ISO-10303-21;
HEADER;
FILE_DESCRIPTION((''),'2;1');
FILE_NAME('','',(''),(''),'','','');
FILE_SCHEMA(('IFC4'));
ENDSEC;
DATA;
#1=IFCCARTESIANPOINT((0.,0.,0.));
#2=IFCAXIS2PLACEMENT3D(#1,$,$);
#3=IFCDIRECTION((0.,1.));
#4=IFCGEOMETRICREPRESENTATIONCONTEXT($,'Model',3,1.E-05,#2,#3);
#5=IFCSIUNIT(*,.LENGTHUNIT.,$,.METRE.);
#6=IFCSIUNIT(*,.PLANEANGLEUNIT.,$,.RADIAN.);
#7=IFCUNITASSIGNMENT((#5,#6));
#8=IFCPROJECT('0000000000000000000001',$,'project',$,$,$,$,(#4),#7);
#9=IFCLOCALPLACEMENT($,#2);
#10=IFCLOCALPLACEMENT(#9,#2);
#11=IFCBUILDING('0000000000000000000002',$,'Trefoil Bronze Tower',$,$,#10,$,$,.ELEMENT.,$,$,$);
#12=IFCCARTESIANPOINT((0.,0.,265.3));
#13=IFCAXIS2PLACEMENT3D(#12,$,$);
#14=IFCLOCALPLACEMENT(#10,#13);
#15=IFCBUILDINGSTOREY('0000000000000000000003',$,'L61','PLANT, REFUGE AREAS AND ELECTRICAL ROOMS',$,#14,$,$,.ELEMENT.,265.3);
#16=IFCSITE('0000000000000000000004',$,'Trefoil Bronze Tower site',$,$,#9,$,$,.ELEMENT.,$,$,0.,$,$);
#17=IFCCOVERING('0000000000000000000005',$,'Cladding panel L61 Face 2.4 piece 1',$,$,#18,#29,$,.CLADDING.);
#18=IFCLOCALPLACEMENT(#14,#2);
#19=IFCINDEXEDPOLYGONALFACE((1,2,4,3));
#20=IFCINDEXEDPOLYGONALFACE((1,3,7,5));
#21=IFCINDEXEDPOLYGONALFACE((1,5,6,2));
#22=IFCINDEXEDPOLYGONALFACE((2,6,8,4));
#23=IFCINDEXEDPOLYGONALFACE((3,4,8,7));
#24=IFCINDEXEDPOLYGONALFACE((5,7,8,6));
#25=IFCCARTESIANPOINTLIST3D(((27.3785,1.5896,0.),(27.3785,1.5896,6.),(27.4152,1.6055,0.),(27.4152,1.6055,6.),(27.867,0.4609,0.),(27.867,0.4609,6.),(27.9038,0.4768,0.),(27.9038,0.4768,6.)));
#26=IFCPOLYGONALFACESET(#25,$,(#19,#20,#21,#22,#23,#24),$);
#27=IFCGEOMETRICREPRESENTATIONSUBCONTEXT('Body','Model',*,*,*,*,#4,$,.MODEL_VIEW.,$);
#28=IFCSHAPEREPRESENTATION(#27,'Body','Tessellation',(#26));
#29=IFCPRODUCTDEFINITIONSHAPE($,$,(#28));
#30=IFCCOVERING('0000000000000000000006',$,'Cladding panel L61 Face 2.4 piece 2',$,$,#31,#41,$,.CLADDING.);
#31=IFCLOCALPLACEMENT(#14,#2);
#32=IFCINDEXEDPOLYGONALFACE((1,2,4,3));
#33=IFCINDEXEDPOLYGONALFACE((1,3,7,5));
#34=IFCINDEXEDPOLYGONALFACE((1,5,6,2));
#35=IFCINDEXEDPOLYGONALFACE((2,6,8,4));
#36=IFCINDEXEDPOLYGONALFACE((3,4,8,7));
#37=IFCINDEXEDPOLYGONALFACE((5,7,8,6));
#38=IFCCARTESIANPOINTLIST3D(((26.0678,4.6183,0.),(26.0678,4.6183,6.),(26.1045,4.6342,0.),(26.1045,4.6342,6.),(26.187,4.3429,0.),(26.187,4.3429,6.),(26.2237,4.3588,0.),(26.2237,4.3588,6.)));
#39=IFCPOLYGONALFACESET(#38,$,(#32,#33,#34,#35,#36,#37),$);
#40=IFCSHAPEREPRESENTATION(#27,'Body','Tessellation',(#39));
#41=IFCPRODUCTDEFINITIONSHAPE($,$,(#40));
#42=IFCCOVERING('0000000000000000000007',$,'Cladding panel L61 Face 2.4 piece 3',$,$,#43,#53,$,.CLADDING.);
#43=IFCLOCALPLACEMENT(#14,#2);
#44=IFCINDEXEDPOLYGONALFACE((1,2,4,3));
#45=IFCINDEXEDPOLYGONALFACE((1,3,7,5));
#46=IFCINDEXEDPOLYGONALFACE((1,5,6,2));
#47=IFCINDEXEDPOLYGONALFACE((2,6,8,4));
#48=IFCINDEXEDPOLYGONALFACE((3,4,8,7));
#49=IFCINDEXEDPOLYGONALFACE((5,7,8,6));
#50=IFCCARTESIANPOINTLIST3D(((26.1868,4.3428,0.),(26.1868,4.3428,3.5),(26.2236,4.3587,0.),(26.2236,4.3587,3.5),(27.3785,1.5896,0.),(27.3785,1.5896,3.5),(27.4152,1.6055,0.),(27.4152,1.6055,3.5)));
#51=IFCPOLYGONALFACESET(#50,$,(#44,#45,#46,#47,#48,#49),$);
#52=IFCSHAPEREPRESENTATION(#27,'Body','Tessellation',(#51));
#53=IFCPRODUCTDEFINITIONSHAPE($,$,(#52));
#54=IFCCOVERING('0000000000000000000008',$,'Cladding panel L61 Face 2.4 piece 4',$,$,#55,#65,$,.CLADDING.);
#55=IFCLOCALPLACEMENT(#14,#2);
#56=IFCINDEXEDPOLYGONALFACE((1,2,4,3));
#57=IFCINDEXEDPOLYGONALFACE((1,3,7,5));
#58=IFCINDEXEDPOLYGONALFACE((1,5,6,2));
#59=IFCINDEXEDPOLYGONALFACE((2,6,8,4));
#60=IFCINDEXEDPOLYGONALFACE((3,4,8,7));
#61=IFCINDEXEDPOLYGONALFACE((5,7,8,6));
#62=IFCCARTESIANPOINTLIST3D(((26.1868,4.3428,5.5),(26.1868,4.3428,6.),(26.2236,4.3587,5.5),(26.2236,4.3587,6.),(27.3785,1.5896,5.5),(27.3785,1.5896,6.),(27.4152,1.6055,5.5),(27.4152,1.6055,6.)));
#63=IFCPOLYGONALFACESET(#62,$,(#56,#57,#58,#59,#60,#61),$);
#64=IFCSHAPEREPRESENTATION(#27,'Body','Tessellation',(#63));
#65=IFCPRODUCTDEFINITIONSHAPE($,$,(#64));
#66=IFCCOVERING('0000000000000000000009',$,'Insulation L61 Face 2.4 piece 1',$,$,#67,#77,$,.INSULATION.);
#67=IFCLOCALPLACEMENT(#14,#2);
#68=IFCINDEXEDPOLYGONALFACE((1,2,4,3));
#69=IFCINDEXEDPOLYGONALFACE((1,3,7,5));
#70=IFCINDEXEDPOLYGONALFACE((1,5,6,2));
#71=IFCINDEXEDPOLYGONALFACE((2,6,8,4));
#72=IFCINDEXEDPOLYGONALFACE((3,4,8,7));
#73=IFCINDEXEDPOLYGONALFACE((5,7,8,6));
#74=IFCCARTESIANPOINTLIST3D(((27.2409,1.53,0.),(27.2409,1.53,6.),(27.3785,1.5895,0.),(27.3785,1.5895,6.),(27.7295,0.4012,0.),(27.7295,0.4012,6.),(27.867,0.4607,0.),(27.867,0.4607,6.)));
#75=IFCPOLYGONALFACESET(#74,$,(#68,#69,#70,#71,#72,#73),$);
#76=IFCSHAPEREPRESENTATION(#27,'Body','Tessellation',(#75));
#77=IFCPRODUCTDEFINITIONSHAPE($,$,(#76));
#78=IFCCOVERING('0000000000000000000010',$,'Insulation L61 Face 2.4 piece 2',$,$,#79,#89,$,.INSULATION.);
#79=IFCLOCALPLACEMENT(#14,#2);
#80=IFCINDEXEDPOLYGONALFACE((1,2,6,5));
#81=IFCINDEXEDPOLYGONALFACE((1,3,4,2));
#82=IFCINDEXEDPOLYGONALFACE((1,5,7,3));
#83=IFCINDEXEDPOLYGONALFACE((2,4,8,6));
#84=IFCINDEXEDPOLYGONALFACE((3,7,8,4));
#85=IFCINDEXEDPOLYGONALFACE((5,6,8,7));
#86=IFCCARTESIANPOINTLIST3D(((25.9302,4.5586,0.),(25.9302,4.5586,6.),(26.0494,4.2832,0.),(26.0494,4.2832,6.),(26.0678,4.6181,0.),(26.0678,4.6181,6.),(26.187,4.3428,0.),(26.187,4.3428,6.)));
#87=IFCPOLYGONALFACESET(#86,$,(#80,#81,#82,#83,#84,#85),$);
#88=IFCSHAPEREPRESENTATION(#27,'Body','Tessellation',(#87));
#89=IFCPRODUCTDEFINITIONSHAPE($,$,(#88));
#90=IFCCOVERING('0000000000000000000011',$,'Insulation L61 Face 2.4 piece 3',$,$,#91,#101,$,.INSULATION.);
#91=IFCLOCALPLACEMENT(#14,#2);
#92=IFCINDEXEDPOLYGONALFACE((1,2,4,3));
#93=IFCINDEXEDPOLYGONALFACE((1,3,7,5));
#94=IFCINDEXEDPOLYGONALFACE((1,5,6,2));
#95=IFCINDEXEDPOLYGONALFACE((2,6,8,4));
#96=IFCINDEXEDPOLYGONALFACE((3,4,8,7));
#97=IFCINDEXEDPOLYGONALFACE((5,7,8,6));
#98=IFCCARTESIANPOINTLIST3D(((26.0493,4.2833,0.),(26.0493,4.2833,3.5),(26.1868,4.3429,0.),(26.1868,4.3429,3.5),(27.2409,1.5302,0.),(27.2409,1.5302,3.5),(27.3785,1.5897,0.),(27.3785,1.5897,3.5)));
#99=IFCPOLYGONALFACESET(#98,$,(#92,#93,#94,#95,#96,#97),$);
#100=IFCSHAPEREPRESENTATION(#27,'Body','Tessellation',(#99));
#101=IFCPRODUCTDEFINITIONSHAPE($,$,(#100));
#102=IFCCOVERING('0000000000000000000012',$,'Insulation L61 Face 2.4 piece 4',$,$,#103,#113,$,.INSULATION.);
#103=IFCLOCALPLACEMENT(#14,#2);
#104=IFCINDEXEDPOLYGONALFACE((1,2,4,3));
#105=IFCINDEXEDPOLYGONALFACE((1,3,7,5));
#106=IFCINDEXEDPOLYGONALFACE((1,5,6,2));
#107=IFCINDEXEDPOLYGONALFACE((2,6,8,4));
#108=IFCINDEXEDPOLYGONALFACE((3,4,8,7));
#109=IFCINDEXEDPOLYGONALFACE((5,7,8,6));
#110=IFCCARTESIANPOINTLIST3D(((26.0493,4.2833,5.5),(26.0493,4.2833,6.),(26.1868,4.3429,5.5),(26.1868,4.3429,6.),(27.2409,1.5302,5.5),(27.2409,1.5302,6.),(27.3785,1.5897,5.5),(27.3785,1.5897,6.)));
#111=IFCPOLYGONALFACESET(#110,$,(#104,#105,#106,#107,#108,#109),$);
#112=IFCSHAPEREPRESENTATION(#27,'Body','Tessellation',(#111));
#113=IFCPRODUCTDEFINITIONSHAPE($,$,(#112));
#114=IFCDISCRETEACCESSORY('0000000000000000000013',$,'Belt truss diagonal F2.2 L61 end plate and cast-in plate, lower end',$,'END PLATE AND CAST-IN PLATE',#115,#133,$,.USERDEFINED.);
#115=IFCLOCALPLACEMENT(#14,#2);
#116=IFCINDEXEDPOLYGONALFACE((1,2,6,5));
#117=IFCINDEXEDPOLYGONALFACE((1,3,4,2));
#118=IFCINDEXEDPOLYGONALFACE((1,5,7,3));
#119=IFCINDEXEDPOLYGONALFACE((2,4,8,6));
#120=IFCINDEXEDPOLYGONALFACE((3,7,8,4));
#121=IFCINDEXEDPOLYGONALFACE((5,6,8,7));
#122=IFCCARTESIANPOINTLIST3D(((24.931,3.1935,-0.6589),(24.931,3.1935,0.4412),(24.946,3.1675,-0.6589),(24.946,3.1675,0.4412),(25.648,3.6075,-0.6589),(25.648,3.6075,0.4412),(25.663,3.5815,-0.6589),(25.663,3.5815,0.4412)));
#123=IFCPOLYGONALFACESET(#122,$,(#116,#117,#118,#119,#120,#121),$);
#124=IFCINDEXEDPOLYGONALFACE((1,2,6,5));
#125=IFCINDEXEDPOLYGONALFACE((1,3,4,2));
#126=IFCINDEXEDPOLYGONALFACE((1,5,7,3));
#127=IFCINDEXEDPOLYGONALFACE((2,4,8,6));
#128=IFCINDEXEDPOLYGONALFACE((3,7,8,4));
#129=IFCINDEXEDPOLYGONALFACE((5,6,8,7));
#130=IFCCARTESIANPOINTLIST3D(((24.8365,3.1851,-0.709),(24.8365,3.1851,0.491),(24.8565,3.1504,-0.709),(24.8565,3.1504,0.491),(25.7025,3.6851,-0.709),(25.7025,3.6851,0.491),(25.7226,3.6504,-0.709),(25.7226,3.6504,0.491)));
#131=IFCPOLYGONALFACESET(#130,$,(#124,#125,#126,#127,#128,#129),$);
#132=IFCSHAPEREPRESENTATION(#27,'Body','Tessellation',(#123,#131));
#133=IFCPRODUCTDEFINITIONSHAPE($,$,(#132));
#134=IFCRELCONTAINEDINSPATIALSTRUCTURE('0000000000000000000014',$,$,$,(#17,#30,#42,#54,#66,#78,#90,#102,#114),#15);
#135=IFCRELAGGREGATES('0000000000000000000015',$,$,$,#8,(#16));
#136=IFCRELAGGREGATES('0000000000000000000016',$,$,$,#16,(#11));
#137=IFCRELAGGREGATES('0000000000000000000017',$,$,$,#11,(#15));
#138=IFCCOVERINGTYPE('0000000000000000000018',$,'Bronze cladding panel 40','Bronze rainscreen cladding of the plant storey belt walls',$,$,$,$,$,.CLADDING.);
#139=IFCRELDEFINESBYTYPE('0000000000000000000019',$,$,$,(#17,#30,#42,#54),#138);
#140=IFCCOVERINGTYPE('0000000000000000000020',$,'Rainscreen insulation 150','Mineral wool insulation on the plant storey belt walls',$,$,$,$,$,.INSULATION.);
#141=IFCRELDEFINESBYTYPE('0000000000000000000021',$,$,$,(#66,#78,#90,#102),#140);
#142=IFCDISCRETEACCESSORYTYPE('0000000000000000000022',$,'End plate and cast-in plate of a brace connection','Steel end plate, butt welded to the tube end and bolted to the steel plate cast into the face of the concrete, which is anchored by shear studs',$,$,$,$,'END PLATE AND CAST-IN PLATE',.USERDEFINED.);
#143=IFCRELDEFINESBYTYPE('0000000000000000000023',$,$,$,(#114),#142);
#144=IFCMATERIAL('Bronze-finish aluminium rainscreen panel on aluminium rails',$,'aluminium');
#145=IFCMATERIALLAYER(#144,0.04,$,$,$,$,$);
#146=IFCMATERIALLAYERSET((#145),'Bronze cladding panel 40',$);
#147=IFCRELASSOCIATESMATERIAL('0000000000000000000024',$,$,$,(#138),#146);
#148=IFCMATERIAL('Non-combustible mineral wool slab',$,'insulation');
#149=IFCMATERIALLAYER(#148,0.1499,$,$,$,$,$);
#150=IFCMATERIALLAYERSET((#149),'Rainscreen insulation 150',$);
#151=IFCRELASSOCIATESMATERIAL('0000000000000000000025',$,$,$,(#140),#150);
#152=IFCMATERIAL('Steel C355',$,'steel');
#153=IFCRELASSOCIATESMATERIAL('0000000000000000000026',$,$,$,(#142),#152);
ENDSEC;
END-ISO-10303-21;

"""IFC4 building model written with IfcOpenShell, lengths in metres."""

from ifc_helpers import new_model, si_unit, direction, frame, origin, origin_2d, place, context, subcontext, project, spatial, rectangle, extrude, material, layer, layer_set, type_object, element, save


model = new_model("IFC4")

# Units and contexts
model_context = context("Model", 3, precision=1e-05, world=origin(), true_north=direction((0.0, 1.0)))
body_context = subcontext(model_context, "Body", "Model", "MODEL_VIEW")
ifc_project = project(units=[si_unit("LENGTHUNIT", "METRE"), si_unit("PLANEANGLEUNIT", "RADIAN")], contexts=[model_context])

# Site, building, storey
site_placement = place(None, origin())
site = spatial("IfcSite", under=ifc_project, at=site_placement, Name="Trefoil Bronze Tower site", CompositionType="ELEMENT", RefElevation=0.0)
building_placement = place(site_placement, origin())
building = spatial("IfcBuilding", under=site, at=building_placement, Name="Trefoil Bronze Tower", CompositionType="ELEMENT")
storey_placement = place(building_placement, frame((0.0, 0.0, 265.3)))
storey = spatial("IfcBuildingStorey", under=building, at=storey_placement, Name="L61", Description="PLANT, REFUGE AREAS AND ELECTRICAL ROOMS", CompositionType="ELEMENT", Elevation=265.3)

# Coverings
ifc_material_1 = material(Name="Bronze-finish aluminium rainscreen panel on aluminium rails", Category="aluminium")
ifc_layer_1 = layer(ifc_material_1, 0.04)
ifc_layer_set_1 = layer_set([ifc_layer_1], Name="Bronze cladding panel 40")
covering_type_1 = type_object("IfcCoveringType", Name="Bronze cladding panel 40", Description="Bronze rainscreen cladding of the plant storey belt walls", PredefinedType="CLADDING", material=ifc_layer_set_1)
covering_1_placement = place(storey_placement, frame((27.6411, 1.0332, 0.0), z_axis=(0.0, 0.0, 1.0), x_axis=(-0.39722, 0.917723, 0.0)))
element("IfcCovering", 1, at=covering_1_placement, inside=storey, type_object=covering_type_1, Name="Cladding panel L61 Face 2.4 piece 1", PredefinedType="CLADDING", context=body_context, shape_type="SweptSolid", body=[
    extrude(rectangle(XDim=1.23, YDim=0.04, at=origin_2d()), origin(), (0.0, 0.0, 1.0), 6.0),
])
covering_2_placement = place(storey_placement, frame((26.1458, 4.4885, 0.0), z_axis=(0.0, 0.0, 1.0), x_axis=(-0.39722, 0.917723, 0.0)))
element("IfcCovering", 2, at=covering_2_placement, inside=storey, type_object=covering_type_1, Name="Cladding panel L61 Face 2.4 piece 2", PredefinedType="CLADDING", context=body_context, shape_type="SweptSolid", body=[
    extrude(rectangle(XDim=0.3, YDim=0.04, at=origin_2d()), origin(), (0.0, 0.0, 1.0), 6.0),
])
covering_3_placement = place(storey_placement, frame((26.801, 2.9741, 0.0), z_axis=(0.0, 0.0, 1.0), x_axis=(-0.39722, 0.917723, 0.0)))
element("IfcCovering", 3, at=covering_3_placement, inside=storey, type_object=covering_type_1, Name="Cladding panel L61 Face 2.4 piece 3", PredefinedType="CLADDING", context=body_context, shape_type="SweptSolid", body=[
    extrude(rectangle(XDim=3.0, YDim=0.04, at=origin_2d()), origin(), (0.0, 0.0, 1.0), 3.5),
])
covering_4_placement = place(storey_placement, frame((26.801, 2.9741, 5.5), z_axis=(0.0, 0.0, 1.0), x_axis=(-0.39722, 0.917723, 0.0)))
element("IfcCovering", 4, at=covering_4_placement, inside=storey, type_object=covering_type_1, Name="Cladding panel L61 Face 2.4 piece 4", PredefinedType="CLADDING", context=body_context, shape_type="SweptSolid", body=[
    extrude(rectangle(XDim=3.0, YDim=0.04, at=origin_2d()), origin(), (0.0, 0.0, 1.0), 0.5),
])
ifc_material_2 = material(Name="Non-combustible mineral wool slab", Category="insulation")
ifc_layer_2 = layer(ifc_material_2, 0.1499)
ifc_layer_set_2 = layer_set([ifc_layer_2], Name="Rainscreen insulation 150")
covering_type_2 = type_object("IfcCoveringType", Name="Rainscreen insulation 150", Description="Mineral wool insulation on the plant storey belt walls", PredefinedType="INSULATION", material=ifc_layer_set_2)
covering_5_placement = place(storey_placement, frame((27.554, 0.9954, 0.0), z_axis=(0.0, 0.0, 1.0), x_axis=(-0.39722, 0.917723, 0.0)))
element("IfcCovering", 5, at=covering_5_placement, inside=storey, type_object=covering_type_2, Name="Insulation L61 Face 2.4 piece 1", PredefinedType="INSULATION", context=body_context, shape_type="SweptSolid", body=[
    extrude(rectangle(XDim=1.23, YDim=0.1499, at=origin_2d()), origin(), (0.0, 0.0, 1.0), 6.0),
])
covering_6_placement = place(storey_placement, frame((26.0586, 4.4507, 0.0), z_axis=(0.0, 0.0, 1.0), x_axis=(-0.39722, 0.917723, 0.0)))
element("IfcCovering", 6, at=covering_6_placement, inside=storey, type_object=covering_type_2, Name="Insulation L61 Face 2.4 piece 2", PredefinedType="INSULATION", context=body_context, shape_type="SweptSolid", body=[
    extrude(rectangle(XDim=0.3, YDim=0.1499, at=origin_2d()), origin(), (0.0, 0.0, 1.0), 6.0),
])
covering_7_placement = place(storey_placement, frame((26.7139, 2.9365, 0.0), z_axis=(0.0, 0.0, 1.0), x_axis=(-0.39722, 0.917723, 0.0)))
element("IfcCovering", 7, at=covering_7_placement, inside=storey, type_object=covering_type_2, Name="Insulation L61 Face 2.4 piece 3", PredefinedType="INSULATION", context=body_context, shape_type="SweptSolid", body=[
    extrude(rectangle(XDim=3.0, YDim=0.1499, at=origin_2d()), origin(), (0.0, 0.0, 1.0), 3.5),
])
covering_8_placement = place(storey_placement, frame((26.7139, 2.9365, 5.5), z_axis=(0.0, 0.0, 1.0), x_axis=(-0.39722, 0.917723, 0.0)))
element("IfcCovering", 8, at=covering_8_placement, inside=storey, type_object=covering_type_2, Name="Insulation L61 Face 2.4 piece 4", PredefinedType="INSULATION", context=body_context, shape_type="SweptSolid", body=[
    extrude(rectangle(XDim=3.0, YDim=0.1499, at=origin_2d()), origin(), (0.0, 0.0, 1.0), 0.5),
])

# Discrete accessory
ifc_material_3 = material(Name="Steel C355", Category="steel")
discrete_accessory_type = type_object("IfcDiscreteAccessoryType", Name="End plate and cast-in plate of a brace connection", Description="Steel end plate, butt welded to the tube end and bolted to the steel plate cast into the face of the concrete, which is anchored by shear studs", ElementType="END PLATE AND CAST-IN PLATE", PredefinedType="USERDEFINED", material=ifc_material_3)
discrete_accessory_placement = place(storey_placement, frame((25.2896, 3.4004, -0.1089), z_axis=(0.0, 0.0, 1.0), x_axis=(0.5, -0.866025, 0.0)))
element("IfcDiscreteAccessory", 9, at=discrete_accessory_placement, inside=storey, type_object=discrete_accessory_type, Name="Belt truss diagonal F2.2 L61 end plate and cast-in plate, lower end", ObjectType="END PLATE AND CAST-IN PLATE", PredefinedType="USERDEFINED", context=body_context, shape_type="SweptSolid", body=[
    extrude(rectangle(XDim=0.03, YDim=0.8279, at=origin_2d()), frame((0.0149, 0.0, -0.55)), (0.0, 0.0, 1.0), 1.1001),
    extrude(rectangle(XDim=0.04, YDim=1.0, at=origin_2d()), frame((-0.02, 0.0, -0.6001)), (0.0, 0.0, 1.0), 1.2),
])

save(model, "model.ifc")
